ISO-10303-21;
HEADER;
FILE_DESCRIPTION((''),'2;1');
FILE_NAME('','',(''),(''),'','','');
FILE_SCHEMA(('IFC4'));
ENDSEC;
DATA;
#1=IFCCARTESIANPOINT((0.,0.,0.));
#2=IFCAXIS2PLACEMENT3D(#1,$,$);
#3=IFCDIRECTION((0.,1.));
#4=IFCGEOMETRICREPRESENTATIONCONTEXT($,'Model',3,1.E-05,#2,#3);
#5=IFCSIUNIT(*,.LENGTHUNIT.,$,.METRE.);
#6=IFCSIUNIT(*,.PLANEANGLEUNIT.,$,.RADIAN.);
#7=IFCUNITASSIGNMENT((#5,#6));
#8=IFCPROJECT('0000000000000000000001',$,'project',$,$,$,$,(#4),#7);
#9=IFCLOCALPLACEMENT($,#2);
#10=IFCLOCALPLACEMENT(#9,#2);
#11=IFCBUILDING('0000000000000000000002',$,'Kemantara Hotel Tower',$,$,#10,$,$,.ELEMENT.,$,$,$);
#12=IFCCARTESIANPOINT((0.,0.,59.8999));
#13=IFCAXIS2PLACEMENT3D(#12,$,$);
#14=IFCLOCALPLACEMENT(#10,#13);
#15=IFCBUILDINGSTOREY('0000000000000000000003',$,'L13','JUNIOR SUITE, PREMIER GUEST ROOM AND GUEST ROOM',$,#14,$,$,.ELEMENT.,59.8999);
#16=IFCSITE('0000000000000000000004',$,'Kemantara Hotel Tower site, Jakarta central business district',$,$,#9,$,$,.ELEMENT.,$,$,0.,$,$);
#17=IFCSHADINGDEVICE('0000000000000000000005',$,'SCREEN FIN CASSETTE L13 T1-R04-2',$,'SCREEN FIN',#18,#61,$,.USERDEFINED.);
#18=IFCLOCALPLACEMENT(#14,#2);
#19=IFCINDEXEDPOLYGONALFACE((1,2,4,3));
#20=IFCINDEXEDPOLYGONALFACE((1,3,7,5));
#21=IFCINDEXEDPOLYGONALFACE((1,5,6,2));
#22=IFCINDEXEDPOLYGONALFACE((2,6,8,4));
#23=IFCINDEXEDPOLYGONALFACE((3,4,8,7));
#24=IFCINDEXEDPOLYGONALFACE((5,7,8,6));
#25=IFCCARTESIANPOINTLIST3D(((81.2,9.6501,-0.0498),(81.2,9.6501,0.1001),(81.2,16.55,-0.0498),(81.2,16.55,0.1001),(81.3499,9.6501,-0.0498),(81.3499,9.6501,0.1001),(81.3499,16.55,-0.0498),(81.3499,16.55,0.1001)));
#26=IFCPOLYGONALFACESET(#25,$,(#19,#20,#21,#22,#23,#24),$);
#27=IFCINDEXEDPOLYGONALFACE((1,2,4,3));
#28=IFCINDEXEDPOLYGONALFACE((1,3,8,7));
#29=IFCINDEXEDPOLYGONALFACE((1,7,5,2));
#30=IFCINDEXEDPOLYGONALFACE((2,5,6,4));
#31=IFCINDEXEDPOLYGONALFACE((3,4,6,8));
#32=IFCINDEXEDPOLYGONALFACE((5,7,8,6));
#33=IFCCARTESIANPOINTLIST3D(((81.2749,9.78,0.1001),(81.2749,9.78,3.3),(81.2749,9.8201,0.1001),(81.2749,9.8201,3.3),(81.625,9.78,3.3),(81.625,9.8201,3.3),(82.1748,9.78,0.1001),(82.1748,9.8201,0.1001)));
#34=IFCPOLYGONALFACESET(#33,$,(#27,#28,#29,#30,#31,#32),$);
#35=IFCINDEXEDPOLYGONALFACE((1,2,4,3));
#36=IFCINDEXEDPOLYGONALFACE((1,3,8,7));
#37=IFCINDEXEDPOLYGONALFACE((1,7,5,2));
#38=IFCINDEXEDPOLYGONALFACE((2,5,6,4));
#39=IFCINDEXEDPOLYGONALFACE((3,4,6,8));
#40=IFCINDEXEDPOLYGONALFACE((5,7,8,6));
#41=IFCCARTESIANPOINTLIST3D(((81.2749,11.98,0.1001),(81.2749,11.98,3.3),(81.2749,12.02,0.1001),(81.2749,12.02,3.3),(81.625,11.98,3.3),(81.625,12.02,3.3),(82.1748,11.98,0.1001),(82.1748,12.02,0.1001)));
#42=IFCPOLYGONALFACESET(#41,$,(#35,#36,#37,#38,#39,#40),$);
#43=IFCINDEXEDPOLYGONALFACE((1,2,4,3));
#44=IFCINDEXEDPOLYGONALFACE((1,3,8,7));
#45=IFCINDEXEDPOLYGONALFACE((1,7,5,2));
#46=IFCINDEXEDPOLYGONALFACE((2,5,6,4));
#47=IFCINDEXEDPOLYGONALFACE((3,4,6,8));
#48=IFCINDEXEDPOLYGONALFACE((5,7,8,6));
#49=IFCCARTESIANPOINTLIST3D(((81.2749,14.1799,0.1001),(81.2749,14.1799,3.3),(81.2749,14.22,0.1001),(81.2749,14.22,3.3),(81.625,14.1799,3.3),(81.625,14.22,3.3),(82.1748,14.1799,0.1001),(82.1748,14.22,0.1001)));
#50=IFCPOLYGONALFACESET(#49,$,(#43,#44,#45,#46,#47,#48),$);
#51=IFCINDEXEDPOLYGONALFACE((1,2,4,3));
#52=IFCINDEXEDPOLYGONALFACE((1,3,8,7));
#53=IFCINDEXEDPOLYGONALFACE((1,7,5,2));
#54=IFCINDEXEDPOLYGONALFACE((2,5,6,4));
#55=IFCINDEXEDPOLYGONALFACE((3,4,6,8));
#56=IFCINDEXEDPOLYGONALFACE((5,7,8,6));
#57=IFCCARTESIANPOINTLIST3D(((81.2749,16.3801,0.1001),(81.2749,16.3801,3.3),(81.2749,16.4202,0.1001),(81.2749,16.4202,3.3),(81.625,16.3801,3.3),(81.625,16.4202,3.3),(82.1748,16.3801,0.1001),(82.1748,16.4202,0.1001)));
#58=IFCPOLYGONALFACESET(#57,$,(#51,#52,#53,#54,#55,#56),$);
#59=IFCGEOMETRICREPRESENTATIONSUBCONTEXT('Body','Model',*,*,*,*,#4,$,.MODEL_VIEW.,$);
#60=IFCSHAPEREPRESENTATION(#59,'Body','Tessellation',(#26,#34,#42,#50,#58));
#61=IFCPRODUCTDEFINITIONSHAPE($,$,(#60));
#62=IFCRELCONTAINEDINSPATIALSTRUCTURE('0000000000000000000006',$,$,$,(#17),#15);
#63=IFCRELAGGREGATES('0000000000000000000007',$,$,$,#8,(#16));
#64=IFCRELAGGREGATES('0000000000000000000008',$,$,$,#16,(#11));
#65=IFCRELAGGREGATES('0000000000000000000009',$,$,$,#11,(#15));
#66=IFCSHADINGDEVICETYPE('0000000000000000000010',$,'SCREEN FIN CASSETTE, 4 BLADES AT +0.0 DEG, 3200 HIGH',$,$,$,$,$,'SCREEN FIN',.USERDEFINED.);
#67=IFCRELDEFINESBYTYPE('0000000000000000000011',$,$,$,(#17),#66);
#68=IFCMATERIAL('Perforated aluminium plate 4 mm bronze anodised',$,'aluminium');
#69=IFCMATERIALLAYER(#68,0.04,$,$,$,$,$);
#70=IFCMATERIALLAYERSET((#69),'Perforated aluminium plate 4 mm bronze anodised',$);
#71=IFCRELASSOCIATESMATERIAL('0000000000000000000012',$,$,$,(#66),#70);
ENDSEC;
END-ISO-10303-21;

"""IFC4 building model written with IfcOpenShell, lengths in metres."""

from ifc_helpers import new_model, si_unit, direction, frame, origin, origin_2d, place, context, subcontext, project, spatial, polyline, rectangle, outline, extrude, source, transform, mapped, material, layer, layer_set, type_object, element, save


model = new_model("IFC4")

# Units and contexts
model_context = context("Model", 3, precision=1e-05, world=origin(), true_north=direction((0.0, 1.0)))
body_context = subcontext(model_context, "Body", "Model", "MODEL_VIEW")
ifc_project = project(units=[si_unit("LENGTHUNIT", "METRE"), si_unit("PLANEANGLEUNIT", "RADIAN")], contexts=[model_context])

# Site, building, storey
site_placement = place(None, origin())
site = spatial("IfcSite", under=ifc_project, at=site_placement, Name="Kemantara Hotel Tower site, Jakarta central business district", CompositionType="ELEMENT", RefElevation=0.0)
building_placement = place(site_placement, origin())
building = spatial("IfcBuilding", under=site, at=building_placement, Name="Kemantara Hotel Tower", CompositionType="ELEMENT")
storey_placement = place(building_placement, frame((0.0, 0.0, 59.8999)))
storey = spatial("IfcBuildingStorey", under=building, at=storey_placement, Name="L13", Description="JUNIOR SUITE, PREMIER GUEST ROOM AND GUEST ROOM", CompositionType="ELEMENT", Elevation=59.8999)

# Shading device
ifc_material_1 = material(Name="Perforated aluminium plate 4 mm bronze anodised", Category="aluminium")
ifc_layer_1 = layer(ifc_material_1, 0.04)
ifc_layer_set_1 = layer_set([ifc_layer_1], Name="Perforated aluminium plate 4 mm bronze anodised")
shading_device_type_1 = type_object("IfcShadingDeviceType", Name="SCREEN FIN CASSETTE, 4 BLADES AT +0.0 DEG, 3200 HIGH", ElementType="SCREEN FIN", PredefinedType="USERDEFINED", material=ifc_layer_set_1)
shared_shape_1 = source(origin(), body_context, "Body", "SweptSolid", [
    extrude(rectangle(XDim=6.8999, YDim=0.1499, at=origin_2d()), frame((3.3, -0.075, -0.1499), z_axis=(0.0, 0.0, 1.0), x_axis=(1.0, 0.0, 0.0)), (0.0, 0.0, 1.0), 0.1499),
    extrude(outline(polyline([(0.0, 0.0), (0.8999, 0.0), (0.3501, 3.2), (0.0, 3.2), (0.0, 0.0)])), frame((0.02, -0.075, 0.0), z_axis=(-1.0, 0.0, 0.0), x_axis=(0.0, -1.0, 0.0)), (0.0, 0.0, 1.0), 0.04),
    extrude(outline(polyline([(0.0, 0.0), (0.8999, 0.0), (0.3501, 3.2), (0.0, 3.2), (0.0, 0.0)])), frame((2.22, -0.075, 0.0), z_axis=(-1.0, 0.0, 0.0), x_axis=(0.0, -1.0, 0.0)), (0.0, 0.0, 1.0), 0.04),
    extrude(outline(polyline([(0.0, 0.0), (0.8999, 0.0), (0.3501, 3.2), (0.0, 3.2), (0.0, 0.0)])), frame((4.4199, -0.075, 0.0), z_axis=(-1.0, 0.0, 0.0), x_axis=(0.0, -1.0, 0.0)), (0.0, 0.0, 1.0), 0.04),
    extrude(outline(polyline([(0.0, 0.0), (0.8999, 0.0), (0.3501, 3.2), (0.0, 3.2), (0.0, 0.0)])), frame((6.6201, -0.075, 0.0), z_axis=(-1.0, 0.0, 0.0), x_axis=(0.0, -1.0, 0.0)), (0.0, 0.0, 1.0), 0.04),
])
shading_device_1_placement = place(storey_placement, frame((81.2, 9.8, 0.1001), z_axis=(0.0, 0.0, 1.0), x_axis=(0.0, 1.0, 0.0)))
element("IfcShadingDevice", 1, at=shading_device_1_placement, inside=storey, type_object=shading_device_type_1, Name="SCREEN FIN CASSETTE L13 T1-R04-2", ObjectType="SCREEN FIN", PredefinedType="USERDEFINED", context=body_context, shape_type="MappedRepresentation", body=[
    mapped(shared_shape_1, transform((0.0, 0.0, 0.0))),
])

save(model, "model.ifc")
